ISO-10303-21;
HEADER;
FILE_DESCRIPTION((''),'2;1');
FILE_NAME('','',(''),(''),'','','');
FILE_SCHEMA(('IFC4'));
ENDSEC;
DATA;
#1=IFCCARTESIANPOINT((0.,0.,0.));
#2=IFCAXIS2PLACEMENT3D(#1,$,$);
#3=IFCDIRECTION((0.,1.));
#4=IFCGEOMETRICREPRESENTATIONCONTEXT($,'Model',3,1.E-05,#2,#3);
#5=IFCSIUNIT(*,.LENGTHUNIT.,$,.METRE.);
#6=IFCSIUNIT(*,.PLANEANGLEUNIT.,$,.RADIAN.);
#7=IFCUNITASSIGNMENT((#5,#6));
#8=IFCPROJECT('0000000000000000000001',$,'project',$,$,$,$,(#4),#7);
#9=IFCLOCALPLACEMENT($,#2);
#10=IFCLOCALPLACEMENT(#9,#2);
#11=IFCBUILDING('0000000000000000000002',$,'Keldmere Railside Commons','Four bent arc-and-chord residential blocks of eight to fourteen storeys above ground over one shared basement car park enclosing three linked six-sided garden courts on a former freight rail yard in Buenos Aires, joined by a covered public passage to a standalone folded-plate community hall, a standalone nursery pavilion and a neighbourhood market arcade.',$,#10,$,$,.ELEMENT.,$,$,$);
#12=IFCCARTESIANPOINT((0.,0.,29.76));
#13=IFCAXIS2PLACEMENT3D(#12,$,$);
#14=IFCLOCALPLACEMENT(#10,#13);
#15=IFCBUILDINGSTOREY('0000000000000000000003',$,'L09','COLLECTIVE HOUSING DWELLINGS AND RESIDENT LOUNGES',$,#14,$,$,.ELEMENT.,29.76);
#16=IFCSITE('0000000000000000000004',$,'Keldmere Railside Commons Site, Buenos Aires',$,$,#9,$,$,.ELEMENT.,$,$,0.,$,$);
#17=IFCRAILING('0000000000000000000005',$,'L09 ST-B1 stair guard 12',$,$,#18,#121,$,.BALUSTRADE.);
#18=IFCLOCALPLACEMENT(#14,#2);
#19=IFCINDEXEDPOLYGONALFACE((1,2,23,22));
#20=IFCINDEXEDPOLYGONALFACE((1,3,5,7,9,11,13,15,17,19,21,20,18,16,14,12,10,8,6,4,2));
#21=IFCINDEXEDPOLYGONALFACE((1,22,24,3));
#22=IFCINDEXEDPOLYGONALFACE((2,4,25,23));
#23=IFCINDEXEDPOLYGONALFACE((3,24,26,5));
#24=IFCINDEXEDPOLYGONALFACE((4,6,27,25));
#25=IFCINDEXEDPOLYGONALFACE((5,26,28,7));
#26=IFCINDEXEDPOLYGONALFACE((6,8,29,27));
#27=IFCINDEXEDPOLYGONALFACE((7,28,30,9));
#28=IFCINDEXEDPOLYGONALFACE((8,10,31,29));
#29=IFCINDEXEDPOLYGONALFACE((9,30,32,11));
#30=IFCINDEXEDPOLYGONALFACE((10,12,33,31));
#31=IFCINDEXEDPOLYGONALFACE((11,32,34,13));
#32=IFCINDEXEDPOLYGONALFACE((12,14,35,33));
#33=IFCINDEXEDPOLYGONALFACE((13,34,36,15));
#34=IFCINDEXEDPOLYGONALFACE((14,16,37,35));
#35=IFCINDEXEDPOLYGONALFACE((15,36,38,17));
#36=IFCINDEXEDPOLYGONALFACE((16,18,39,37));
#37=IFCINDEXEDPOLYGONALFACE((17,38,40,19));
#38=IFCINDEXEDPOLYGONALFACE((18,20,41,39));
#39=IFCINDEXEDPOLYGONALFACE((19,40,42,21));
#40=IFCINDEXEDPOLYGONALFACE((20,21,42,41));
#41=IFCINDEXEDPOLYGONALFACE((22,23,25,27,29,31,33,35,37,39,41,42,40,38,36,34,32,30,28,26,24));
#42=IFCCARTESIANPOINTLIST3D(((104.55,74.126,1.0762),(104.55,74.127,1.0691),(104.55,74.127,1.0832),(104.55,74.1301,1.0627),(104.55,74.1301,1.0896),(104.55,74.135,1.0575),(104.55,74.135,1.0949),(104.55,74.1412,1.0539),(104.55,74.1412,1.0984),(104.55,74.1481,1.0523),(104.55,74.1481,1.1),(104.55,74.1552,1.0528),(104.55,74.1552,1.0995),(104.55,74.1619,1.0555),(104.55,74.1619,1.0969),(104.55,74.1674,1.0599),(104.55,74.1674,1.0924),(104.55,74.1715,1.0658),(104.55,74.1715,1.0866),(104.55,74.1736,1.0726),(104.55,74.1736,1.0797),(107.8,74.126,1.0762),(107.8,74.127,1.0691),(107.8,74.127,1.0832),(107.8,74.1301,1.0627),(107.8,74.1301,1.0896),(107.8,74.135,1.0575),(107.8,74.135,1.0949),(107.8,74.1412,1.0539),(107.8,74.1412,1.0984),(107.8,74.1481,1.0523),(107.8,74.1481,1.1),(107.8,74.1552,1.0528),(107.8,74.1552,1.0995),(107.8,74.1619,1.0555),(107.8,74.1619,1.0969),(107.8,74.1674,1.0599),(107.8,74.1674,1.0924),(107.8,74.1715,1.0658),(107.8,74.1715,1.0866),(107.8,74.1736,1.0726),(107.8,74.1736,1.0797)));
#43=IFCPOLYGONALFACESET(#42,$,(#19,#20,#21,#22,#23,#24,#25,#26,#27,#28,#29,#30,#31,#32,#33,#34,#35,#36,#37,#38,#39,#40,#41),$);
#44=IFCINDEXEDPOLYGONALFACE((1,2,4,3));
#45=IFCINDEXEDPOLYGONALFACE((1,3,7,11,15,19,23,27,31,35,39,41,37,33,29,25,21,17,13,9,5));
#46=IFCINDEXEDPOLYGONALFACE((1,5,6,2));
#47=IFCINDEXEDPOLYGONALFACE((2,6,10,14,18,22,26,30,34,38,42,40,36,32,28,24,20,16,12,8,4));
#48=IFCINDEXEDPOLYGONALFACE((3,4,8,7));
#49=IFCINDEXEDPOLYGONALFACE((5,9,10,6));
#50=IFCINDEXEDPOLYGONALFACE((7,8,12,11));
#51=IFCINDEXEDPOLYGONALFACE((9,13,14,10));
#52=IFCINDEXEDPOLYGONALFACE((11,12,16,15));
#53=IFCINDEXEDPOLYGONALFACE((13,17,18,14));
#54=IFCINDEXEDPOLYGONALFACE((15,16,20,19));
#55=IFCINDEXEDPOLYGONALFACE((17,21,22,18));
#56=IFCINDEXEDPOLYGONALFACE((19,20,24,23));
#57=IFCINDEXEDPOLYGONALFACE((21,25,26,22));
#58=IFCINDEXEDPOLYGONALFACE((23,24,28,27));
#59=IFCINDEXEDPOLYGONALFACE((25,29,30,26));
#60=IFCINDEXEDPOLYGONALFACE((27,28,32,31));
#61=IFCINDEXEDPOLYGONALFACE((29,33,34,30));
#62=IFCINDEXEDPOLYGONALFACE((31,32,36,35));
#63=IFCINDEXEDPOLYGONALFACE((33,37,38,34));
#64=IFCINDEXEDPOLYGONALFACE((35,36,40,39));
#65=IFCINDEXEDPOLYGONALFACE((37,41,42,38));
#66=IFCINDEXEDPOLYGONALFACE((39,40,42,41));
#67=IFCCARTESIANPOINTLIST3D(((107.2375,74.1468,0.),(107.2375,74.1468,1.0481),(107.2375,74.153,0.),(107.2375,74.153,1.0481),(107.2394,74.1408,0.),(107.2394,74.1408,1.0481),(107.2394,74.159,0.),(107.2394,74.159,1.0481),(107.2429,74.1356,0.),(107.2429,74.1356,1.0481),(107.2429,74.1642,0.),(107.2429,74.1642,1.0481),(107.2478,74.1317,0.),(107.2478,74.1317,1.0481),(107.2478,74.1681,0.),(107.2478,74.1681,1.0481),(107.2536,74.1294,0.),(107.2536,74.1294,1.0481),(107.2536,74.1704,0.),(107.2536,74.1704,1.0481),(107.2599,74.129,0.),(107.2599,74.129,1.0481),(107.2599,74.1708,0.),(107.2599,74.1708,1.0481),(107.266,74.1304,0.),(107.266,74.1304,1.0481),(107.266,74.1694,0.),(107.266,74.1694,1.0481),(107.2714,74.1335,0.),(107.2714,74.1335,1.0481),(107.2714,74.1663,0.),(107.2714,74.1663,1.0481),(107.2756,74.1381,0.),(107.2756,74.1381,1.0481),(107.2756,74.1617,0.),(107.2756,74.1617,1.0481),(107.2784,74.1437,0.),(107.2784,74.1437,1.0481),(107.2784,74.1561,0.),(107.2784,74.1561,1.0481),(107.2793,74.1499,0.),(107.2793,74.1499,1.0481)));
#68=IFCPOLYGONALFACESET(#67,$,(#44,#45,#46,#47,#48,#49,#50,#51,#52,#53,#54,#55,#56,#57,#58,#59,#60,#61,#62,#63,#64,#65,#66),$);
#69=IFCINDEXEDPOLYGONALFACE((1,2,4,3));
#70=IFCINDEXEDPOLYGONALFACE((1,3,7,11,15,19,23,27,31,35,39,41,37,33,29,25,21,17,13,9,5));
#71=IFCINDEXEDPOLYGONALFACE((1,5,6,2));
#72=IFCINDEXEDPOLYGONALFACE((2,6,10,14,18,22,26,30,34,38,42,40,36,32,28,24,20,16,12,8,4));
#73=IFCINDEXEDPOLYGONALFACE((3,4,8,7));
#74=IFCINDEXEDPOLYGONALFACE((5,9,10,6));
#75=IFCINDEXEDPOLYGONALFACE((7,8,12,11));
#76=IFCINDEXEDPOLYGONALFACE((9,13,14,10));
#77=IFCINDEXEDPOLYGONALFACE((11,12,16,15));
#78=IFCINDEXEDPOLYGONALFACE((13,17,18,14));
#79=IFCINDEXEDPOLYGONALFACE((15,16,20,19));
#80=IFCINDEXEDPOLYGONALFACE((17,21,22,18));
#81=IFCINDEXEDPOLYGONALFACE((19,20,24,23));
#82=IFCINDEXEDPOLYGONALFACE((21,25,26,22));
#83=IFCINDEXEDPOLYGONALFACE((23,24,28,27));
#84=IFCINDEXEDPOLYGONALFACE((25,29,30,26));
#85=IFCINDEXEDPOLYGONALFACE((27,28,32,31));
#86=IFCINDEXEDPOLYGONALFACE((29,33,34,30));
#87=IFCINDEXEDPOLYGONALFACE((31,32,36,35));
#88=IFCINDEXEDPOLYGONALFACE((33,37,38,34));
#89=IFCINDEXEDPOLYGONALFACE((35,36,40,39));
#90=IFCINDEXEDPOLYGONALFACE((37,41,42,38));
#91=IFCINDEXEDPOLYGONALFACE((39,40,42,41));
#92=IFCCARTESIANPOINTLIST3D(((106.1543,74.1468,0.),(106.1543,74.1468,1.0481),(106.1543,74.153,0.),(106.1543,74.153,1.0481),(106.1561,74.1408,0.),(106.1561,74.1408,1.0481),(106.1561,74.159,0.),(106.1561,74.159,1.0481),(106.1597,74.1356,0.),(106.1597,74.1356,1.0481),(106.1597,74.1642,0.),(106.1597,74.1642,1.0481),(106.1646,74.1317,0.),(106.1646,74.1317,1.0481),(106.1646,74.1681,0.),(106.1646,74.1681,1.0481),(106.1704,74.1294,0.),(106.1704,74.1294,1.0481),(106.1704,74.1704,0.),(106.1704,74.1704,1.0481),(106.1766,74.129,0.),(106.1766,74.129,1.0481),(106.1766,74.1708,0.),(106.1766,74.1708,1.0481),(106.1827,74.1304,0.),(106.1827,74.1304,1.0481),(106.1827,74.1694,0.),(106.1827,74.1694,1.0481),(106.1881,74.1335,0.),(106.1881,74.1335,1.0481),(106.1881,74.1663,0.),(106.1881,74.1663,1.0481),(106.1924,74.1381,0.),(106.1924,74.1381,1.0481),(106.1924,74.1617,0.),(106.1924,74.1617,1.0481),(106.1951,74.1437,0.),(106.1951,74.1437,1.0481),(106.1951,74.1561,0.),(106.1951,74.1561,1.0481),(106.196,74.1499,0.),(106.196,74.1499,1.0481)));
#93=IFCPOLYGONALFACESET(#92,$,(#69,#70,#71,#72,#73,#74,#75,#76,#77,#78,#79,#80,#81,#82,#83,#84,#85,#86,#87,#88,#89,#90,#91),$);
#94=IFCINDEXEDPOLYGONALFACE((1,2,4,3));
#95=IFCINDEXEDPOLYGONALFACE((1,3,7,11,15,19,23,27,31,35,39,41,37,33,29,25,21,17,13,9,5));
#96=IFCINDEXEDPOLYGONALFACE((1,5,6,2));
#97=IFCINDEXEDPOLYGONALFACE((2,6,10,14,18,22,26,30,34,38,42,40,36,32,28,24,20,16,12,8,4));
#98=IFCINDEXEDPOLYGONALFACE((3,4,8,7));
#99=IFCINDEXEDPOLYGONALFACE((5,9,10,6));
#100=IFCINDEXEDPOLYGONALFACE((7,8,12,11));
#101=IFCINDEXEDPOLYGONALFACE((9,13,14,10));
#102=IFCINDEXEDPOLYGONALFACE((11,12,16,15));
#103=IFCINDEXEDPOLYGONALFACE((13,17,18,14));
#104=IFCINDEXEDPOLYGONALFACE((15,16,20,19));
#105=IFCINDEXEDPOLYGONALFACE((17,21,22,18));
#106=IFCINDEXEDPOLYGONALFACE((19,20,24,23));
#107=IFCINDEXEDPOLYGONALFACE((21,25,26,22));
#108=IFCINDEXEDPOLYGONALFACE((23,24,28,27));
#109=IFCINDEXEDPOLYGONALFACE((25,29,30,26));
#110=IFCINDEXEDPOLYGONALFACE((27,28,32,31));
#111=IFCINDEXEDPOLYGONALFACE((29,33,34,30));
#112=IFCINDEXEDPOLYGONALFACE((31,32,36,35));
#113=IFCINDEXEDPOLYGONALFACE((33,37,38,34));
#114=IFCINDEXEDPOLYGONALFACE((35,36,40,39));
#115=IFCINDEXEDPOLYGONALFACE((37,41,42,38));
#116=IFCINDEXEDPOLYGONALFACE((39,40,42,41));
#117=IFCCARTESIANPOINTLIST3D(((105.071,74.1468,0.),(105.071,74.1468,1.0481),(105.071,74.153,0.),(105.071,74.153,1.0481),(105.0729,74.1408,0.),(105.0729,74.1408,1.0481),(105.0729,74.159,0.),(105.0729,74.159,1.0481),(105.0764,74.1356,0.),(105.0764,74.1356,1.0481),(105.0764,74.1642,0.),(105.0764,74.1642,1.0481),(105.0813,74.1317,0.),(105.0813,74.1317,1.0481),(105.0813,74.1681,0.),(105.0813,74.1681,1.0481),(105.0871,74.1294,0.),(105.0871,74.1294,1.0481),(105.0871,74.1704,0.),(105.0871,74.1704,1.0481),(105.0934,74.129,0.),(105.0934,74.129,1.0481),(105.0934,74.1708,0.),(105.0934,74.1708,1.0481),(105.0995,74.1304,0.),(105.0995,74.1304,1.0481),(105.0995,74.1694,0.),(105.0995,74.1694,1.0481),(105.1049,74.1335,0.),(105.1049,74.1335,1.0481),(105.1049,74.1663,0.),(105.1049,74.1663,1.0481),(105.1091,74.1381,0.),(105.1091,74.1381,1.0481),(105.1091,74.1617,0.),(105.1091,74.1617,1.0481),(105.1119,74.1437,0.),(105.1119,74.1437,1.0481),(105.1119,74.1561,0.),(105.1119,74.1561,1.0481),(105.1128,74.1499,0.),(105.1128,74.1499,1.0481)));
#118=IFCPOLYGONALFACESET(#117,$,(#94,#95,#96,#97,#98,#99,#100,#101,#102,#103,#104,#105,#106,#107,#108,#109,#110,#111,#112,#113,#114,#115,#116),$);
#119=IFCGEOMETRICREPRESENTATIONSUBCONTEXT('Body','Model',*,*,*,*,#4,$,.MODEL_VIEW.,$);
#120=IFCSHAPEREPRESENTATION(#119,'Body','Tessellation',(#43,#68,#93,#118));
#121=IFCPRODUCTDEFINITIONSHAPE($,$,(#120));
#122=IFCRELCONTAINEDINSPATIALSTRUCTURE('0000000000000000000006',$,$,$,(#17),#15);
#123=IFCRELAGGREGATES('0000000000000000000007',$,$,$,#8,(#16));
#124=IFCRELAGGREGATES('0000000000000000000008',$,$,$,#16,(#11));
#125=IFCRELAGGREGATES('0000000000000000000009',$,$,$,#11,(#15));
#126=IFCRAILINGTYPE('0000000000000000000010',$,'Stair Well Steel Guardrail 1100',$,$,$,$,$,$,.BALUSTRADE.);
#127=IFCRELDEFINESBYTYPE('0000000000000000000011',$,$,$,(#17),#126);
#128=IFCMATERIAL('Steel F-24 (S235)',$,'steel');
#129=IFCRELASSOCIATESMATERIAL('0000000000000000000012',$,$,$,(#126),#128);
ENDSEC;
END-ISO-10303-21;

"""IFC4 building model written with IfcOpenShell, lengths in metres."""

from ifc_helpers import new_model, si_unit, direction, frame, origin, origin_2d, place, context, subcontext, project, spatial, circle, extrude, material, type_object, element, save


model = new_model("IFC4")

# Units and contexts
model_context = context("Model", 3, precision=1e-05, world=origin(), true_north=direction((0.0, 1.0)))
body_context = subcontext(model_context, "Body", "Model", "MODEL_VIEW")
ifc_project = project(units=[si_unit("LENGTHUNIT", "METRE"), si_unit("PLANEANGLEUNIT", "RADIAN")], contexts=[model_context])

# Site, building, storey
site_placement = place(None, origin())
site = spatial("IfcSite", under=ifc_project, at=site_placement, Name="Keldmere Railside Commons Site, Buenos Aires", CompositionType="ELEMENT", RefElevation=0.0)
building_placement = place(site_placement, origin())
building = spatial("IfcBuilding", under=site, at=building_placement, Name="Keldmere Railside Commons", Description="Four bent arc-and-chord residential blocks of eight to fourteen storeys above ground over one shared basement car park enclosing three linked six-sided garden courts on a former freight rail yard in Buenos Aires, joined by a covered public passage to a standalone folded-plate community hall, a standalone nursery pavilion and a neighbourhood market arcade.", CompositionType="ELEMENT")
storey_placement = place(building_placement, frame((0.0, 0.0, 29.76)))
storey = spatial("IfcBuildingStorey", under=building, at=storey_placement, Name="L09", Description="COLLECTIVE HOUSING DWELLINGS AND RESIDENT LOUNGES", CompositionType="ELEMENT", Elevation=29.76)

# Shared definitions
ifc_material_1 = material(Name="Steel F-24 (S235)", Category="steel")

# Railing
railing_type_1 = type_object("IfcRailingType", Name="Stair Well Steel Guardrail 1100", PredefinedType="BALUSTRADE", material=ifc_material_1)
railing_1_placement = place(storey_placement, frame((107.8, 74.1499, 0.0)))
element("IfcRailing", 1, at=railing_1_placement, inside=storey, type_object=railing_type_1, Name="L09 ST-B1 stair guard 12", PredefinedType="BALUSTRADE", context=body_context, shape_type="SweptSolid", body=[
    extrude(circle(Radius=0.0239, at=origin_2d()), frame((0.0, 0.0, 1.0762), z_axis=(-1.0, 0.0, 0.0), x_axis=(0.0, -1.0, 0.0)), (0.0, 0.0, 1.0), 3.25),
    extrude(circle(Radius=0.021, at=origin_2d()), frame((-0.5417, 0.0, 0.0)), (0.0, 0.0, 1.0), 1.0481),
    extrude(circle(Radius=0.021, at=origin_2d()), frame((-1.625, 0.0, 0.0)), (0.0, 0.0, 1.0), 1.0481),
    extrude(circle(Radius=0.021, at=origin_2d()), frame((-2.7083, 0.0, 0.0)), (0.0, 0.0, 1.0), 1.0481),
])

save(model, "model.ifc")
